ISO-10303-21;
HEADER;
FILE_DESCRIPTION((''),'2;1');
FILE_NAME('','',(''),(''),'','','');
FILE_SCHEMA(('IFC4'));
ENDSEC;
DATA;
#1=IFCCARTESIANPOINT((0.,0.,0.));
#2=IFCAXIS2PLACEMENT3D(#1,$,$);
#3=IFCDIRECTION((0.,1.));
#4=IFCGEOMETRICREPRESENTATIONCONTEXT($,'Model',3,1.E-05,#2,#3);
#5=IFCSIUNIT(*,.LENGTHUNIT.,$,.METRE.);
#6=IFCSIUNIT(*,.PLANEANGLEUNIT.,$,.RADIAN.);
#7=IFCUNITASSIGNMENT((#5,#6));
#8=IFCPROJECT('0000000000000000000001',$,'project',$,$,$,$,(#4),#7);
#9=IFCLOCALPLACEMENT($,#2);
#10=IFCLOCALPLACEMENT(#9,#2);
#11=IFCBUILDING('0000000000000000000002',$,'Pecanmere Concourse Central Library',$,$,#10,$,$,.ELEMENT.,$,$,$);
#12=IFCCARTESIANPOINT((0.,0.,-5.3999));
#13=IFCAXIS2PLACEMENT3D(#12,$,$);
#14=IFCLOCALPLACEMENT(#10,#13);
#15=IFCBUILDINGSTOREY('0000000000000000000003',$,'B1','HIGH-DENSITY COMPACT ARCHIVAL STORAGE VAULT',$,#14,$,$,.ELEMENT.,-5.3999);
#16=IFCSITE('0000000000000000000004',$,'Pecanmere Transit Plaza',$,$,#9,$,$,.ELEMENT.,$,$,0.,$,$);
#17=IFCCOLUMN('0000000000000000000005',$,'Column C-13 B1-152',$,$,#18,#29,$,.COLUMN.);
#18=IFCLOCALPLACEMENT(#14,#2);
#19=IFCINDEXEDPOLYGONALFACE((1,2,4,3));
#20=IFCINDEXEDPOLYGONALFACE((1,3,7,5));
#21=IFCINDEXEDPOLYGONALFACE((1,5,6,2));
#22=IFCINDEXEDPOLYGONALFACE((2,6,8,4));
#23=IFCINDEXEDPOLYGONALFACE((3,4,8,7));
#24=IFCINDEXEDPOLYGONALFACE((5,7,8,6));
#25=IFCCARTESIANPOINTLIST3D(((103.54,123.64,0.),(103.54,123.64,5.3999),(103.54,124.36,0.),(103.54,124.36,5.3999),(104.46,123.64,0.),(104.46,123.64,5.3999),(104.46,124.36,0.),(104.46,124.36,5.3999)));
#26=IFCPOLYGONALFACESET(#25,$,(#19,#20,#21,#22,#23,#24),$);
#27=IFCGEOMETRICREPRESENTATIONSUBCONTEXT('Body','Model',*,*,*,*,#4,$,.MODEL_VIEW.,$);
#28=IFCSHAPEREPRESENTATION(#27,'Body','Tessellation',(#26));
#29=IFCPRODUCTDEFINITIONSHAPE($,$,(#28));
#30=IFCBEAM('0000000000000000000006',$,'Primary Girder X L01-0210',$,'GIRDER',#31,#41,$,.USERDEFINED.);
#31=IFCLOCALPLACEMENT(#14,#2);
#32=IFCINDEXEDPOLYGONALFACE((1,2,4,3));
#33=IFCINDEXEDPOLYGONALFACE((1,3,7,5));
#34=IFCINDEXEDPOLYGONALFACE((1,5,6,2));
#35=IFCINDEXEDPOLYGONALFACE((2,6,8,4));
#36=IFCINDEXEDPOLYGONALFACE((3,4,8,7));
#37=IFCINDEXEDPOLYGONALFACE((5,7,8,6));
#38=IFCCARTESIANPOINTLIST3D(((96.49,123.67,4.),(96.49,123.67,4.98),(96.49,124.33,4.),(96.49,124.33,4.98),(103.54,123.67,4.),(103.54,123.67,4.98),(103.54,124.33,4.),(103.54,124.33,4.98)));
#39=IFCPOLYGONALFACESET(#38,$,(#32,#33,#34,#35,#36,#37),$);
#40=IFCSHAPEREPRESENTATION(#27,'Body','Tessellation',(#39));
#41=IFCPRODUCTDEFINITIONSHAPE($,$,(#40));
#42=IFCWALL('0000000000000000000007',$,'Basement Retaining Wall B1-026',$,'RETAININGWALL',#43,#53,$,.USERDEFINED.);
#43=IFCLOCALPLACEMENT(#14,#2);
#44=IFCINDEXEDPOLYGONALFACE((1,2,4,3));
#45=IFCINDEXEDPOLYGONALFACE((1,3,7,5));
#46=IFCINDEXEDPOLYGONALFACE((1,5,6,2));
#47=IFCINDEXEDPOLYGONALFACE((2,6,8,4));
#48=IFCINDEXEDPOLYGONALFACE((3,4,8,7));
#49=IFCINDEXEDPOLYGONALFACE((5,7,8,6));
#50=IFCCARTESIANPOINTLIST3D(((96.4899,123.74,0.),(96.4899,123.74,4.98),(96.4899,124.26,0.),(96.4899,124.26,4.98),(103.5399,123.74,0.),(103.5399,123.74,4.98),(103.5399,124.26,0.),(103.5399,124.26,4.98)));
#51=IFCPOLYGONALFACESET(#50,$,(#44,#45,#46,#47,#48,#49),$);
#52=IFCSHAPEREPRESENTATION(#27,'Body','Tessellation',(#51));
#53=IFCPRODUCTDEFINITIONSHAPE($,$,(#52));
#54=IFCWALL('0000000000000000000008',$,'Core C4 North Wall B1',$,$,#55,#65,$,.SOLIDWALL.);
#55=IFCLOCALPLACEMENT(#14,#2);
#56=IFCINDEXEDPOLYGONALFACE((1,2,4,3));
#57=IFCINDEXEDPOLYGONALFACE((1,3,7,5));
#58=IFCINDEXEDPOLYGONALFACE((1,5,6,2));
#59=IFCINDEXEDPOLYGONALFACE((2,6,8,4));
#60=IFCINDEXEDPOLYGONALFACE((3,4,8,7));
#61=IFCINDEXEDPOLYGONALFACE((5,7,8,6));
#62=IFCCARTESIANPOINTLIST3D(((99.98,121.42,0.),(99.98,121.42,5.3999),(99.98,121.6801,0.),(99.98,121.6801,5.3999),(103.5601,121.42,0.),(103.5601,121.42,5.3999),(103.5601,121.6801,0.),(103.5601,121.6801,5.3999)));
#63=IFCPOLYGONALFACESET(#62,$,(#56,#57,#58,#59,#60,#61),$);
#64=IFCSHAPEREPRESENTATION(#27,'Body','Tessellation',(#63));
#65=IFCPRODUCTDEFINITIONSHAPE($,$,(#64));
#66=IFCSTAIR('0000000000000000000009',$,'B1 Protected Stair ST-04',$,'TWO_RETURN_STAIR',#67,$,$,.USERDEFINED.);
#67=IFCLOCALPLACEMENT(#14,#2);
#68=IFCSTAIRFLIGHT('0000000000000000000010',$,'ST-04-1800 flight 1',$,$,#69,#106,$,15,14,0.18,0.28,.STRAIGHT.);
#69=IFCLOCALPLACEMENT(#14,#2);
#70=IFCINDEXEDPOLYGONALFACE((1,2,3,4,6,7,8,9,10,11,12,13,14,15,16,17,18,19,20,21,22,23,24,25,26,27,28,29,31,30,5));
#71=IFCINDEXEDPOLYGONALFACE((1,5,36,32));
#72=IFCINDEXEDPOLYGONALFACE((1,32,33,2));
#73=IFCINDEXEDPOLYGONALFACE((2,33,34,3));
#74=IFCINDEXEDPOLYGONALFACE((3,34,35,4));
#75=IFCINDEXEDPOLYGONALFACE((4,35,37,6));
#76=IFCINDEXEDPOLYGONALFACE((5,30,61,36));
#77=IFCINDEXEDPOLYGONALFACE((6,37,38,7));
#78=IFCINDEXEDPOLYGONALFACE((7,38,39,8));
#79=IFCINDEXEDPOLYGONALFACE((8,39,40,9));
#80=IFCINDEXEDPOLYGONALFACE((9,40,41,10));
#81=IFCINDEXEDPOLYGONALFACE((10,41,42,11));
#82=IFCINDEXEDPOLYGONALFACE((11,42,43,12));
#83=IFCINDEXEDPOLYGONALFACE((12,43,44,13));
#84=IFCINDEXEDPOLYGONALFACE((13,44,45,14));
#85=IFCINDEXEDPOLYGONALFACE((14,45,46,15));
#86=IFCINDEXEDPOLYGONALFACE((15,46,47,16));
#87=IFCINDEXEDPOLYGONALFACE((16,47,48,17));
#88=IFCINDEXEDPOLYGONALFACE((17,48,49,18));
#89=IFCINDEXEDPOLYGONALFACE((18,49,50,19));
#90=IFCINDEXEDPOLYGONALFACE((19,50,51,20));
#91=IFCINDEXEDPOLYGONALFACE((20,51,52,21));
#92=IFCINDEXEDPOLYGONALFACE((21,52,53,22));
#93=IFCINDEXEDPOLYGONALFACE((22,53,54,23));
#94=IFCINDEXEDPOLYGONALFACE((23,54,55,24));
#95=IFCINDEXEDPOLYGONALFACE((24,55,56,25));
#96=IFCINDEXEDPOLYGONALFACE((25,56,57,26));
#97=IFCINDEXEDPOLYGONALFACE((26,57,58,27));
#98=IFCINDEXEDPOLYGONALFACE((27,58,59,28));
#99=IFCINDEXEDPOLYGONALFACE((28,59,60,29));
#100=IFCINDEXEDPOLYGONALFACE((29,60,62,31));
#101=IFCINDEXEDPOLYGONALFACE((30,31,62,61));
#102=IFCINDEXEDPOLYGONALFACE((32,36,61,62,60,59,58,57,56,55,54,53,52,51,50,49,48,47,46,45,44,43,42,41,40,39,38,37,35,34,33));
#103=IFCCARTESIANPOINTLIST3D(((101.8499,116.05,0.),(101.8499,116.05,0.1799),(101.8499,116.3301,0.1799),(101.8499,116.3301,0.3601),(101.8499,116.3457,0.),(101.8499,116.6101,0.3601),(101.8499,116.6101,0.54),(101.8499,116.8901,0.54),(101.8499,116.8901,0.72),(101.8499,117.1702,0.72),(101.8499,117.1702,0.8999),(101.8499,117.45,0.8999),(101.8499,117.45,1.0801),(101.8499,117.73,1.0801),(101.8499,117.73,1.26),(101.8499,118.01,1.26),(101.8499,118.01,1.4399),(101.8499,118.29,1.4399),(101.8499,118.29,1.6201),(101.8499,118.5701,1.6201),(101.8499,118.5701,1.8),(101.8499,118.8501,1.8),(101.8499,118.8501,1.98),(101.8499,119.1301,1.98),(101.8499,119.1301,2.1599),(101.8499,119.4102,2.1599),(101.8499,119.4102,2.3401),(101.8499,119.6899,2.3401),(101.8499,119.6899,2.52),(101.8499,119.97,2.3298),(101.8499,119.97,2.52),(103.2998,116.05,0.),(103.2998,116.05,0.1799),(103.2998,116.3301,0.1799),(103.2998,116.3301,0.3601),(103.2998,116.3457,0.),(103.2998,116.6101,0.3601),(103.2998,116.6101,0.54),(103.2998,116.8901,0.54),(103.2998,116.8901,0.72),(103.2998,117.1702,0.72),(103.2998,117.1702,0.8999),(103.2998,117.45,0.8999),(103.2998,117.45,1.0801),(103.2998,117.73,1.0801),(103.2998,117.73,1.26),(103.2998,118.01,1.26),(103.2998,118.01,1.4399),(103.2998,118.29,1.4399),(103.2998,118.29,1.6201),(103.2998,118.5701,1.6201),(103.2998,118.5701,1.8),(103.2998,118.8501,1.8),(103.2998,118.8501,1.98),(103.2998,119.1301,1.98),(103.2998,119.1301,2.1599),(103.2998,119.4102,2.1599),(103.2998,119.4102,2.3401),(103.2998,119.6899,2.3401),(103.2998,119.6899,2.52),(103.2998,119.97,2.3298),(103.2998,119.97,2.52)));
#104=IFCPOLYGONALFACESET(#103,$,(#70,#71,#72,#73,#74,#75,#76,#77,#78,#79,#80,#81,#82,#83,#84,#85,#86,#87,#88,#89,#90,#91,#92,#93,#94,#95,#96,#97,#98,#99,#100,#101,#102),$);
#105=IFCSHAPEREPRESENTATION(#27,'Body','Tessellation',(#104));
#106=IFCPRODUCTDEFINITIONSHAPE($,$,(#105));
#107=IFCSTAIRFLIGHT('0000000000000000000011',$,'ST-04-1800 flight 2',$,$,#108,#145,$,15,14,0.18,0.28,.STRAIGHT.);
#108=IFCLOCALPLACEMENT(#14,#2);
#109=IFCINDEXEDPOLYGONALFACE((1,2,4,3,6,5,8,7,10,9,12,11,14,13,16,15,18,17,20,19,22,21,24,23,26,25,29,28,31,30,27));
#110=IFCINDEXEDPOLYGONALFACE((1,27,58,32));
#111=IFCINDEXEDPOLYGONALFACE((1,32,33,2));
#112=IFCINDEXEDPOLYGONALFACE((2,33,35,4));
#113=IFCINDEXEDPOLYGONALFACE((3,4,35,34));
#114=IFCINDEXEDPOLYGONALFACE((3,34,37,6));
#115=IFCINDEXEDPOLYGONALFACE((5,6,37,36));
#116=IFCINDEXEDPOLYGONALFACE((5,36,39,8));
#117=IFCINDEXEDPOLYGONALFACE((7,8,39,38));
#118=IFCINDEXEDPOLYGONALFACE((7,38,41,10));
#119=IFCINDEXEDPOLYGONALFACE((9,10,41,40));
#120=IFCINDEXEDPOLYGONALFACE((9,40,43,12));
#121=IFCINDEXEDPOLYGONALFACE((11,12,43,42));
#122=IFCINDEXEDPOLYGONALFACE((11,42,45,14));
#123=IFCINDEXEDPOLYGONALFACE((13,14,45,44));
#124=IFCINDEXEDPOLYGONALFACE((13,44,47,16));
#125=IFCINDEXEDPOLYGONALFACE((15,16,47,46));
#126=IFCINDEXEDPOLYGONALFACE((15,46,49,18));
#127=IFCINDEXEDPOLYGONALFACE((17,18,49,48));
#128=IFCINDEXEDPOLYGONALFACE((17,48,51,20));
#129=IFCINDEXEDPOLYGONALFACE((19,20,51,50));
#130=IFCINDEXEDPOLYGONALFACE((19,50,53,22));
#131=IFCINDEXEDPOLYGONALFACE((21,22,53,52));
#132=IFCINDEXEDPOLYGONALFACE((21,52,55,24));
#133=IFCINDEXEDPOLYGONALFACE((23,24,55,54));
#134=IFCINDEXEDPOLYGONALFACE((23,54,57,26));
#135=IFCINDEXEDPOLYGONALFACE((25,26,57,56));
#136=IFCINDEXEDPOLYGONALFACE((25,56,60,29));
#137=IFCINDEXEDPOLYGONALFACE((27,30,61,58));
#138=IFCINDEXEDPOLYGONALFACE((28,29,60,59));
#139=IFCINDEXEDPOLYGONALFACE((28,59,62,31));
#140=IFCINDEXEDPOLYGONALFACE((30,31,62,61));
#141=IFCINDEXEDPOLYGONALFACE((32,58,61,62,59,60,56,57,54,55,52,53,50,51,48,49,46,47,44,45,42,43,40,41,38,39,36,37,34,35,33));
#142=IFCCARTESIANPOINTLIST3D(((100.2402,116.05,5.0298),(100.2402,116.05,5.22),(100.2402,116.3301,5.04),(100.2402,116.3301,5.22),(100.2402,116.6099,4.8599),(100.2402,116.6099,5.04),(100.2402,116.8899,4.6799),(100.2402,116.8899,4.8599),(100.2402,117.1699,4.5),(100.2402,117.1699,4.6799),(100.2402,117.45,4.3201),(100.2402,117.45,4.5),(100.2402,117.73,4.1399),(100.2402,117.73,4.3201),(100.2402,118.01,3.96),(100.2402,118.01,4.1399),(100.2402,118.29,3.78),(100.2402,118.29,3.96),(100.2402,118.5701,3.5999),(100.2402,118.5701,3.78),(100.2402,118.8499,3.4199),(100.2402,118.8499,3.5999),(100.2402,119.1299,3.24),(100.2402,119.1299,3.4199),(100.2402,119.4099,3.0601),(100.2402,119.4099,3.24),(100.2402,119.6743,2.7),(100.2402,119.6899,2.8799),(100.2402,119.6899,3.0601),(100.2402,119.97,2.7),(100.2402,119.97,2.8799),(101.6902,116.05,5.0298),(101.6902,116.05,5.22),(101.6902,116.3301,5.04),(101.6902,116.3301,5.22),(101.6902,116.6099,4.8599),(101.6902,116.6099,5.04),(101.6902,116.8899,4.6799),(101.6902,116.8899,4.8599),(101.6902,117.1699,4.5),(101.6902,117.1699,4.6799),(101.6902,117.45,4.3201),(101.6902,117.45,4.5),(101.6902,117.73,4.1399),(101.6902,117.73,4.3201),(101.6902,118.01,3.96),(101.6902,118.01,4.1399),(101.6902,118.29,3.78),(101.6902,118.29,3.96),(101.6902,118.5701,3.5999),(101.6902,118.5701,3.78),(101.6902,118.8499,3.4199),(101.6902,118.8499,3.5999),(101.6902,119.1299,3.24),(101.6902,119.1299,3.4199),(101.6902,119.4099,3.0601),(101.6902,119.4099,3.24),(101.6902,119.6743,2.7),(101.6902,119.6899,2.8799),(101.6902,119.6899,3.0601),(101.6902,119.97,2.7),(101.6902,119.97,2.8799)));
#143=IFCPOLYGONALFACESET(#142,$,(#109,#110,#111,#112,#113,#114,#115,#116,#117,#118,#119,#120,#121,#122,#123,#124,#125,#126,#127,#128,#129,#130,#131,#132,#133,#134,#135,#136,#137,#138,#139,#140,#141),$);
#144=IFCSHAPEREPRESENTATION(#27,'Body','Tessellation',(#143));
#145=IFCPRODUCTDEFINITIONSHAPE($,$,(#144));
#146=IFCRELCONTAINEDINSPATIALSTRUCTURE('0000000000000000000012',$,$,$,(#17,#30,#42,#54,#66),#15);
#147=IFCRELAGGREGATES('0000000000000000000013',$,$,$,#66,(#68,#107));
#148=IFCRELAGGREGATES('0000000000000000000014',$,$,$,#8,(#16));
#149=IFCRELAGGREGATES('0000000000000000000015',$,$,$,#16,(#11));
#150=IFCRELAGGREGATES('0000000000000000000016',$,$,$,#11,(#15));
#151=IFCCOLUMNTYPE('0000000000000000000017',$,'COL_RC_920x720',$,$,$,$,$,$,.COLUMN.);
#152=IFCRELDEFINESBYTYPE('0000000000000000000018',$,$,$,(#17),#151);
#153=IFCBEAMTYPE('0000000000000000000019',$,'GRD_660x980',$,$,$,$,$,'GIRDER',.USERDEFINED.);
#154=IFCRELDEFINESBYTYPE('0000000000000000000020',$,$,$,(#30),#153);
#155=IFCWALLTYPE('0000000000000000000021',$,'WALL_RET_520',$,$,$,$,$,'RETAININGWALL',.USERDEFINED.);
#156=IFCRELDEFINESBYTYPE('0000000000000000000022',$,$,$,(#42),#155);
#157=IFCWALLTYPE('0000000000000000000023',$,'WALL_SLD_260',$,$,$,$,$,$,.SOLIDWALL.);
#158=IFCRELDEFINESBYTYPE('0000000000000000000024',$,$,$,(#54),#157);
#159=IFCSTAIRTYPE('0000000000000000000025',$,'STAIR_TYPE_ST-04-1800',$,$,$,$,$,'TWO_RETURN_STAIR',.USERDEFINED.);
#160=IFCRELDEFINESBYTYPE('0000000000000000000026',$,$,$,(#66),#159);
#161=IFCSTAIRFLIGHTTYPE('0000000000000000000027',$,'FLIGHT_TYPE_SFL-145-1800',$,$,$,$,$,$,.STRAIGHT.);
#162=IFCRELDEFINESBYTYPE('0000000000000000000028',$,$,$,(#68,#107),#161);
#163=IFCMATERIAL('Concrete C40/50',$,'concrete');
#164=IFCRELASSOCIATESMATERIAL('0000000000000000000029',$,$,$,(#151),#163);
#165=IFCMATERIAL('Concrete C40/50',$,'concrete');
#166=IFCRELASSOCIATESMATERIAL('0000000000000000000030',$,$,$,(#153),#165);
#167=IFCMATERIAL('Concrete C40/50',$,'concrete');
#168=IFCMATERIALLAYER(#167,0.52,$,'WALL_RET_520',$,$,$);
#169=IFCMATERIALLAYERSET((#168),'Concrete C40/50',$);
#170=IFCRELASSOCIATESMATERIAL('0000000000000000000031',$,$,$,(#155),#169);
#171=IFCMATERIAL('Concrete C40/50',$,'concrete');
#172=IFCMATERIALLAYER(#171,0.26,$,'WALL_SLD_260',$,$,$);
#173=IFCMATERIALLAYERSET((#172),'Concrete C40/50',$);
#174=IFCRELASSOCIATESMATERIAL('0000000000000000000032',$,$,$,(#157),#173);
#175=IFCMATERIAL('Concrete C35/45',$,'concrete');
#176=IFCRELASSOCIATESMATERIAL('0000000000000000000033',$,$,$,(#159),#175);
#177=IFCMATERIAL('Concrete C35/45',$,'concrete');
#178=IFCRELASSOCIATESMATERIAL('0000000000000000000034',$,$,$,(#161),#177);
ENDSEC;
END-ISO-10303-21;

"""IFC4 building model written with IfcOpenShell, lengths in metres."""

from ifc_helpers import new_model, si_unit, direction, frame, frame_2d, origin, origin_2d, place, context, subcontext, project, spatial, polyline, rectangle, outline, extrude, material, layer, layer_set, material_profile, profile_set, type_object, element, aggregate, save


model = new_model("IFC4")

# Units and contexts
model_context = context("Model", 3, precision=1e-05, world=origin(), true_north=direction((0.0, 1.0)))
body_context = subcontext(model_context, "Body", "Model", "MODEL_VIEW")
ifc_project = project(units=[si_unit("LENGTHUNIT", "METRE"), si_unit("PLANEANGLEUNIT", "RADIAN")], contexts=[model_context])

# Site, building, storey
site_placement = place(None, origin())
site = spatial("IfcSite", under=ifc_project, at=site_placement, Name="Pecanmere Transit Plaza", CompositionType="ELEMENT", RefElevation=0.0)
building_placement = place(site_placement, origin())
building = spatial("IfcBuilding", under=site, at=building_placement, Name="Pecanmere Concourse Central Library", CompositionType="ELEMENT")
storey_placement = place(building_placement, frame((0.0, 0.0, -5.3999)))
storey = spatial("IfcBuildingStorey", under=building, at=storey_placement, Name="B1", Description="HIGH-DENSITY COMPACT ARCHIVAL STORAGE VAULT", CompositionType="ELEMENT", Elevation=-5.3999)

# Column
ifc_material_1 = material(Name="Concrete C40/50", Category="concrete")
ifc_material_profile_1 = material_profile(ifc_material_1, rectangle(XDim=0.9199, YDim=0.72, at=origin_2d()), Name="RC 920x720")
ifc_profile_set_1 = profile_set([ifc_material_profile_1], Name="Concrete C40/50")
column_type = type_object("IfcColumnType", Name="COL_RC_920x720", PredefinedType="COLUMN", material=ifc_profile_set_1)
column_placement = place(storey_placement, frame((104.0, 124.0, 0.0), z_axis=(0.0, 0.0, 1.0), x_axis=(1.0, 0.0, 0.0)))
element("IfcColumn", 1, at=column_placement, inside=storey, type_object=column_type, Name="Column C-13 B1-152", PredefinedType="COLUMN", context=body_context, shape_type="SweptSolid", body=[
    extrude(rectangle(XDim=0.9199, YDim=0.72, at=origin_2d()), origin(), (0.0, 0.0, 1.0), 5.3999),
])

# Beam
ifc_material_2 = material(Name="Concrete C40/50", Category="concrete")
ifc_material_profile_2 = material_profile(ifc_material_2, rectangle(XDim=0.6599, YDim=0.98, at=origin_2d()), Name="RC 660x980")
ifc_profile_set_2 = profile_set([ifc_material_profile_2], Name="Concrete C40/50")
beam_type = type_object("IfcBeamType", Name="GRD_660x980", ElementType="GIRDER", PredefinedType="USERDEFINED", material=ifc_profile_set_2)
beam_placement = place(storey_placement, frame((96.49, 124.0, 4.49), z_axis=(1.0, 0.0, 0.0), x_axis=(0.0, 1.0, 0.0)))
element("IfcBeam", 2, at=beam_placement, inside=storey, type_object=beam_type, Name="Primary Girder X L01-0210", ObjectType="GIRDER", PredefinedType="USERDEFINED", context=body_context, shape_type="SweptSolid", body=[
    extrude(rectangle(XDim=0.6599, YDim=0.98, at=origin_2d()), origin(), (0.0, 0.0, 1.0), 7.05),
])

# Walls
ifc_material_3 = material(Name="Concrete C40/50", Category="concrete")
ifc_layer_1 = layer(ifc_material_3, 0.52, Name="WALL_RET_520")
ifc_layer_set_1 = layer_set([ifc_layer_1], Name="Concrete C40/50")
wall_type_1 = type_object("IfcWallType", Name="WALL_RET_520", ElementType="RETAININGWALL", PredefinedType="USERDEFINED", material=ifc_layer_set_1)
wall_1_placement = place(storey_placement, frame((96.49, 124.0, 0.0), z_axis=(0.0, 0.0, 1.0), x_axis=(1.0, 0.0, 0.0)))
element("IfcWall", 3, at=wall_1_placement, inside=storey, type_object=wall_type_1, Name="Basement Retaining Wall B1-026", ObjectType="RETAININGWALL", PredefinedType="USERDEFINED", context=body_context, shape_type="SweptSolid", body=[
    extrude(rectangle(XDim=7.05, YDim=0.52, at=frame_2d((3.5249, 0.0))), origin(), (0.0, 0.0, 1.0), 4.98),
])
ifc_material_4 = material(Name="Concrete C40/50", Category="concrete")
ifc_layer_2 = layer(ifc_material_4, 0.26, Name="WALL_SLD_260")
ifc_layer_set_2 = layer_set([ifc_layer_2], Name="Concrete C40/50")
wall_type_2 = type_object("IfcWallType", Name="WALL_SLD_260", PredefinedType="SOLIDWALL", material=ifc_layer_set_2)
wall_2_placement = place(storey_placement, frame((99.98, 121.55, 0.0), z_axis=(0.0, 0.0, 1.0), x_axis=(1.0, 0.0, 0.0)))
element("IfcWall", 4, at=wall_2_placement, inside=storey, type_object=wall_type_2, Name="Core C4 North Wall B1", PredefinedType="SOLIDWALL", context=body_context, shape_type="SweptSolid", body=[
    extrude(rectangle(XDim=3.5801, YDim=0.26, at=frame_2d((1.79, 0.0))), origin(), (0.0, 0.0, 1.0), 5.3999),
])

# Stair, stair flights
ifc_material_5 = material(Name="Concrete C35/45", Category="concrete")
stair_type = type_object("IfcStairType", Name="STAIR_TYPE_ST-04-1800", ElementType="TWO_RETURN_STAIR", PredefinedType="USERDEFINED", material=ifc_material_5)
stair_placement = place(storey_placement, origin())
stair = element("IfcStair", 5, at=stair_placement, inside=storey, type_object=stair_type, Name="B1 Protected Stair ST-04", ObjectType="TWO_RETURN_STAIR", PredefinedType="USERDEFINED")
ifc_material_6 = material(Name="Concrete C35/45", Category="concrete")
stair_flight_type = type_object("IfcStairFlightType", Name="FLIGHT_TYPE_SFL-145-1800", PredefinedType="STRAIGHT", material=ifc_material_6)
stair_flight_1_placement = place(storey_placement, frame((102.575, 116.05, 0.0), z_axis=(0.0, 0.0, 1.0), x_axis=(0.0, 1.0, 0.0)))
stair_flight_1 = element("IfcStairFlight", 6, at=stair_flight_1_placement, type_object=stair_flight_type, Name="ST-04-1800 flight 1", NumberOfRisers=15, NumberOfTreads=14, PredefinedType="STRAIGHT", RiserHeight=0.18, TreadLength=0.28, context=body_context, shape_type="SweptSolid", body=[
    extrude(outline(polyline([(0.0, 0.0), (0.0, 0.1799), (0.28, 0.1799), (0.28, 0.3601), (0.5601, 0.3601), (0.5601, 0.54), (0.8401, 0.54), (0.8401, 0.72), (1.1201, 0.72), (1.1201, 0.8999), (1.3999, 0.8999), (1.3999, 1.0801), (1.6799, 1.0801), (1.6799, 1.26), (1.96, 1.26), (1.96, 1.4399), (2.24, 1.4399), (2.24, 1.6201), (2.52, 1.6201), (2.52, 1.8), (2.8, 1.8), (2.8, 1.98), (3.0801, 1.98), (3.0801, 2.1599), (3.3601, 2.1599), (3.3601, 2.3401), (3.6399, 2.3401), (3.6399, 2.52), (3.9199, 2.52), (3.9199, 2.7), (3.9199, 2.3298), (0.2957, 0.0), (0.0, 0.0)])), frame((0.0, 0.7251, 0.0), z_axis=(0.0, -1.0, 0.0), x_axis=(1.0, 0.0, 0.0)), (0.0, 0.0, 1.0), 1.45),
])
stair_flight_2_placement = place(storey_placement, frame((100.9651, 119.97, 2.7), z_axis=(0.0, 0.0, 1.0), x_axis=(0.0, -1.0, 0.0)))
stair_flight_2 = element("IfcStairFlight", 7, at=stair_flight_2_placement, type_object=stair_flight_type, Name="ST-04-1800 flight 2", NumberOfRisers=15, NumberOfTreads=14, PredefinedType="STRAIGHT", RiserHeight=0.18, TreadLength=0.28, context=body_context, shape_type="SweptSolid", body=[
    extrude(outline(polyline([(0.0, 0.0), (0.0, 0.1799), (0.28, 0.1799), (0.28, 0.3601), (0.5601, 0.3601), (0.5601, 0.54), (0.8401, 0.54), (0.8401, 0.72), (1.1201, 0.72), (1.1201, 0.8999), (1.3999, 0.8999), (1.3999, 1.0801), (1.6799, 1.0801), (1.6799, 1.26), (1.96, 1.26), (1.96, 1.4399), (2.24, 1.4399), (2.24, 1.6201), (2.52, 1.6201), (2.52, 1.8), (2.8, 1.8), (2.8, 1.98), (3.0801, 1.98), (3.0801, 2.1599), (3.3601, 2.1599), (3.3601, 2.3401), (3.6399, 2.3401), (3.6399, 2.52), (3.9199, 2.52), (3.9199, 2.7), (3.9199, 2.3298), (0.2957, 0.0), (0.0, 0.0)])), frame((0.0, 0.7251, 0.0), z_axis=(0.0, -1.0, 0.0), x_axis=(1.0, 0.0, 0.0)), (0.0, 0.0, 1.0), 1.45),
])
aggregate(stair, [stair_flight_1, stair_flight_2])

save(model, "model.ifc")
